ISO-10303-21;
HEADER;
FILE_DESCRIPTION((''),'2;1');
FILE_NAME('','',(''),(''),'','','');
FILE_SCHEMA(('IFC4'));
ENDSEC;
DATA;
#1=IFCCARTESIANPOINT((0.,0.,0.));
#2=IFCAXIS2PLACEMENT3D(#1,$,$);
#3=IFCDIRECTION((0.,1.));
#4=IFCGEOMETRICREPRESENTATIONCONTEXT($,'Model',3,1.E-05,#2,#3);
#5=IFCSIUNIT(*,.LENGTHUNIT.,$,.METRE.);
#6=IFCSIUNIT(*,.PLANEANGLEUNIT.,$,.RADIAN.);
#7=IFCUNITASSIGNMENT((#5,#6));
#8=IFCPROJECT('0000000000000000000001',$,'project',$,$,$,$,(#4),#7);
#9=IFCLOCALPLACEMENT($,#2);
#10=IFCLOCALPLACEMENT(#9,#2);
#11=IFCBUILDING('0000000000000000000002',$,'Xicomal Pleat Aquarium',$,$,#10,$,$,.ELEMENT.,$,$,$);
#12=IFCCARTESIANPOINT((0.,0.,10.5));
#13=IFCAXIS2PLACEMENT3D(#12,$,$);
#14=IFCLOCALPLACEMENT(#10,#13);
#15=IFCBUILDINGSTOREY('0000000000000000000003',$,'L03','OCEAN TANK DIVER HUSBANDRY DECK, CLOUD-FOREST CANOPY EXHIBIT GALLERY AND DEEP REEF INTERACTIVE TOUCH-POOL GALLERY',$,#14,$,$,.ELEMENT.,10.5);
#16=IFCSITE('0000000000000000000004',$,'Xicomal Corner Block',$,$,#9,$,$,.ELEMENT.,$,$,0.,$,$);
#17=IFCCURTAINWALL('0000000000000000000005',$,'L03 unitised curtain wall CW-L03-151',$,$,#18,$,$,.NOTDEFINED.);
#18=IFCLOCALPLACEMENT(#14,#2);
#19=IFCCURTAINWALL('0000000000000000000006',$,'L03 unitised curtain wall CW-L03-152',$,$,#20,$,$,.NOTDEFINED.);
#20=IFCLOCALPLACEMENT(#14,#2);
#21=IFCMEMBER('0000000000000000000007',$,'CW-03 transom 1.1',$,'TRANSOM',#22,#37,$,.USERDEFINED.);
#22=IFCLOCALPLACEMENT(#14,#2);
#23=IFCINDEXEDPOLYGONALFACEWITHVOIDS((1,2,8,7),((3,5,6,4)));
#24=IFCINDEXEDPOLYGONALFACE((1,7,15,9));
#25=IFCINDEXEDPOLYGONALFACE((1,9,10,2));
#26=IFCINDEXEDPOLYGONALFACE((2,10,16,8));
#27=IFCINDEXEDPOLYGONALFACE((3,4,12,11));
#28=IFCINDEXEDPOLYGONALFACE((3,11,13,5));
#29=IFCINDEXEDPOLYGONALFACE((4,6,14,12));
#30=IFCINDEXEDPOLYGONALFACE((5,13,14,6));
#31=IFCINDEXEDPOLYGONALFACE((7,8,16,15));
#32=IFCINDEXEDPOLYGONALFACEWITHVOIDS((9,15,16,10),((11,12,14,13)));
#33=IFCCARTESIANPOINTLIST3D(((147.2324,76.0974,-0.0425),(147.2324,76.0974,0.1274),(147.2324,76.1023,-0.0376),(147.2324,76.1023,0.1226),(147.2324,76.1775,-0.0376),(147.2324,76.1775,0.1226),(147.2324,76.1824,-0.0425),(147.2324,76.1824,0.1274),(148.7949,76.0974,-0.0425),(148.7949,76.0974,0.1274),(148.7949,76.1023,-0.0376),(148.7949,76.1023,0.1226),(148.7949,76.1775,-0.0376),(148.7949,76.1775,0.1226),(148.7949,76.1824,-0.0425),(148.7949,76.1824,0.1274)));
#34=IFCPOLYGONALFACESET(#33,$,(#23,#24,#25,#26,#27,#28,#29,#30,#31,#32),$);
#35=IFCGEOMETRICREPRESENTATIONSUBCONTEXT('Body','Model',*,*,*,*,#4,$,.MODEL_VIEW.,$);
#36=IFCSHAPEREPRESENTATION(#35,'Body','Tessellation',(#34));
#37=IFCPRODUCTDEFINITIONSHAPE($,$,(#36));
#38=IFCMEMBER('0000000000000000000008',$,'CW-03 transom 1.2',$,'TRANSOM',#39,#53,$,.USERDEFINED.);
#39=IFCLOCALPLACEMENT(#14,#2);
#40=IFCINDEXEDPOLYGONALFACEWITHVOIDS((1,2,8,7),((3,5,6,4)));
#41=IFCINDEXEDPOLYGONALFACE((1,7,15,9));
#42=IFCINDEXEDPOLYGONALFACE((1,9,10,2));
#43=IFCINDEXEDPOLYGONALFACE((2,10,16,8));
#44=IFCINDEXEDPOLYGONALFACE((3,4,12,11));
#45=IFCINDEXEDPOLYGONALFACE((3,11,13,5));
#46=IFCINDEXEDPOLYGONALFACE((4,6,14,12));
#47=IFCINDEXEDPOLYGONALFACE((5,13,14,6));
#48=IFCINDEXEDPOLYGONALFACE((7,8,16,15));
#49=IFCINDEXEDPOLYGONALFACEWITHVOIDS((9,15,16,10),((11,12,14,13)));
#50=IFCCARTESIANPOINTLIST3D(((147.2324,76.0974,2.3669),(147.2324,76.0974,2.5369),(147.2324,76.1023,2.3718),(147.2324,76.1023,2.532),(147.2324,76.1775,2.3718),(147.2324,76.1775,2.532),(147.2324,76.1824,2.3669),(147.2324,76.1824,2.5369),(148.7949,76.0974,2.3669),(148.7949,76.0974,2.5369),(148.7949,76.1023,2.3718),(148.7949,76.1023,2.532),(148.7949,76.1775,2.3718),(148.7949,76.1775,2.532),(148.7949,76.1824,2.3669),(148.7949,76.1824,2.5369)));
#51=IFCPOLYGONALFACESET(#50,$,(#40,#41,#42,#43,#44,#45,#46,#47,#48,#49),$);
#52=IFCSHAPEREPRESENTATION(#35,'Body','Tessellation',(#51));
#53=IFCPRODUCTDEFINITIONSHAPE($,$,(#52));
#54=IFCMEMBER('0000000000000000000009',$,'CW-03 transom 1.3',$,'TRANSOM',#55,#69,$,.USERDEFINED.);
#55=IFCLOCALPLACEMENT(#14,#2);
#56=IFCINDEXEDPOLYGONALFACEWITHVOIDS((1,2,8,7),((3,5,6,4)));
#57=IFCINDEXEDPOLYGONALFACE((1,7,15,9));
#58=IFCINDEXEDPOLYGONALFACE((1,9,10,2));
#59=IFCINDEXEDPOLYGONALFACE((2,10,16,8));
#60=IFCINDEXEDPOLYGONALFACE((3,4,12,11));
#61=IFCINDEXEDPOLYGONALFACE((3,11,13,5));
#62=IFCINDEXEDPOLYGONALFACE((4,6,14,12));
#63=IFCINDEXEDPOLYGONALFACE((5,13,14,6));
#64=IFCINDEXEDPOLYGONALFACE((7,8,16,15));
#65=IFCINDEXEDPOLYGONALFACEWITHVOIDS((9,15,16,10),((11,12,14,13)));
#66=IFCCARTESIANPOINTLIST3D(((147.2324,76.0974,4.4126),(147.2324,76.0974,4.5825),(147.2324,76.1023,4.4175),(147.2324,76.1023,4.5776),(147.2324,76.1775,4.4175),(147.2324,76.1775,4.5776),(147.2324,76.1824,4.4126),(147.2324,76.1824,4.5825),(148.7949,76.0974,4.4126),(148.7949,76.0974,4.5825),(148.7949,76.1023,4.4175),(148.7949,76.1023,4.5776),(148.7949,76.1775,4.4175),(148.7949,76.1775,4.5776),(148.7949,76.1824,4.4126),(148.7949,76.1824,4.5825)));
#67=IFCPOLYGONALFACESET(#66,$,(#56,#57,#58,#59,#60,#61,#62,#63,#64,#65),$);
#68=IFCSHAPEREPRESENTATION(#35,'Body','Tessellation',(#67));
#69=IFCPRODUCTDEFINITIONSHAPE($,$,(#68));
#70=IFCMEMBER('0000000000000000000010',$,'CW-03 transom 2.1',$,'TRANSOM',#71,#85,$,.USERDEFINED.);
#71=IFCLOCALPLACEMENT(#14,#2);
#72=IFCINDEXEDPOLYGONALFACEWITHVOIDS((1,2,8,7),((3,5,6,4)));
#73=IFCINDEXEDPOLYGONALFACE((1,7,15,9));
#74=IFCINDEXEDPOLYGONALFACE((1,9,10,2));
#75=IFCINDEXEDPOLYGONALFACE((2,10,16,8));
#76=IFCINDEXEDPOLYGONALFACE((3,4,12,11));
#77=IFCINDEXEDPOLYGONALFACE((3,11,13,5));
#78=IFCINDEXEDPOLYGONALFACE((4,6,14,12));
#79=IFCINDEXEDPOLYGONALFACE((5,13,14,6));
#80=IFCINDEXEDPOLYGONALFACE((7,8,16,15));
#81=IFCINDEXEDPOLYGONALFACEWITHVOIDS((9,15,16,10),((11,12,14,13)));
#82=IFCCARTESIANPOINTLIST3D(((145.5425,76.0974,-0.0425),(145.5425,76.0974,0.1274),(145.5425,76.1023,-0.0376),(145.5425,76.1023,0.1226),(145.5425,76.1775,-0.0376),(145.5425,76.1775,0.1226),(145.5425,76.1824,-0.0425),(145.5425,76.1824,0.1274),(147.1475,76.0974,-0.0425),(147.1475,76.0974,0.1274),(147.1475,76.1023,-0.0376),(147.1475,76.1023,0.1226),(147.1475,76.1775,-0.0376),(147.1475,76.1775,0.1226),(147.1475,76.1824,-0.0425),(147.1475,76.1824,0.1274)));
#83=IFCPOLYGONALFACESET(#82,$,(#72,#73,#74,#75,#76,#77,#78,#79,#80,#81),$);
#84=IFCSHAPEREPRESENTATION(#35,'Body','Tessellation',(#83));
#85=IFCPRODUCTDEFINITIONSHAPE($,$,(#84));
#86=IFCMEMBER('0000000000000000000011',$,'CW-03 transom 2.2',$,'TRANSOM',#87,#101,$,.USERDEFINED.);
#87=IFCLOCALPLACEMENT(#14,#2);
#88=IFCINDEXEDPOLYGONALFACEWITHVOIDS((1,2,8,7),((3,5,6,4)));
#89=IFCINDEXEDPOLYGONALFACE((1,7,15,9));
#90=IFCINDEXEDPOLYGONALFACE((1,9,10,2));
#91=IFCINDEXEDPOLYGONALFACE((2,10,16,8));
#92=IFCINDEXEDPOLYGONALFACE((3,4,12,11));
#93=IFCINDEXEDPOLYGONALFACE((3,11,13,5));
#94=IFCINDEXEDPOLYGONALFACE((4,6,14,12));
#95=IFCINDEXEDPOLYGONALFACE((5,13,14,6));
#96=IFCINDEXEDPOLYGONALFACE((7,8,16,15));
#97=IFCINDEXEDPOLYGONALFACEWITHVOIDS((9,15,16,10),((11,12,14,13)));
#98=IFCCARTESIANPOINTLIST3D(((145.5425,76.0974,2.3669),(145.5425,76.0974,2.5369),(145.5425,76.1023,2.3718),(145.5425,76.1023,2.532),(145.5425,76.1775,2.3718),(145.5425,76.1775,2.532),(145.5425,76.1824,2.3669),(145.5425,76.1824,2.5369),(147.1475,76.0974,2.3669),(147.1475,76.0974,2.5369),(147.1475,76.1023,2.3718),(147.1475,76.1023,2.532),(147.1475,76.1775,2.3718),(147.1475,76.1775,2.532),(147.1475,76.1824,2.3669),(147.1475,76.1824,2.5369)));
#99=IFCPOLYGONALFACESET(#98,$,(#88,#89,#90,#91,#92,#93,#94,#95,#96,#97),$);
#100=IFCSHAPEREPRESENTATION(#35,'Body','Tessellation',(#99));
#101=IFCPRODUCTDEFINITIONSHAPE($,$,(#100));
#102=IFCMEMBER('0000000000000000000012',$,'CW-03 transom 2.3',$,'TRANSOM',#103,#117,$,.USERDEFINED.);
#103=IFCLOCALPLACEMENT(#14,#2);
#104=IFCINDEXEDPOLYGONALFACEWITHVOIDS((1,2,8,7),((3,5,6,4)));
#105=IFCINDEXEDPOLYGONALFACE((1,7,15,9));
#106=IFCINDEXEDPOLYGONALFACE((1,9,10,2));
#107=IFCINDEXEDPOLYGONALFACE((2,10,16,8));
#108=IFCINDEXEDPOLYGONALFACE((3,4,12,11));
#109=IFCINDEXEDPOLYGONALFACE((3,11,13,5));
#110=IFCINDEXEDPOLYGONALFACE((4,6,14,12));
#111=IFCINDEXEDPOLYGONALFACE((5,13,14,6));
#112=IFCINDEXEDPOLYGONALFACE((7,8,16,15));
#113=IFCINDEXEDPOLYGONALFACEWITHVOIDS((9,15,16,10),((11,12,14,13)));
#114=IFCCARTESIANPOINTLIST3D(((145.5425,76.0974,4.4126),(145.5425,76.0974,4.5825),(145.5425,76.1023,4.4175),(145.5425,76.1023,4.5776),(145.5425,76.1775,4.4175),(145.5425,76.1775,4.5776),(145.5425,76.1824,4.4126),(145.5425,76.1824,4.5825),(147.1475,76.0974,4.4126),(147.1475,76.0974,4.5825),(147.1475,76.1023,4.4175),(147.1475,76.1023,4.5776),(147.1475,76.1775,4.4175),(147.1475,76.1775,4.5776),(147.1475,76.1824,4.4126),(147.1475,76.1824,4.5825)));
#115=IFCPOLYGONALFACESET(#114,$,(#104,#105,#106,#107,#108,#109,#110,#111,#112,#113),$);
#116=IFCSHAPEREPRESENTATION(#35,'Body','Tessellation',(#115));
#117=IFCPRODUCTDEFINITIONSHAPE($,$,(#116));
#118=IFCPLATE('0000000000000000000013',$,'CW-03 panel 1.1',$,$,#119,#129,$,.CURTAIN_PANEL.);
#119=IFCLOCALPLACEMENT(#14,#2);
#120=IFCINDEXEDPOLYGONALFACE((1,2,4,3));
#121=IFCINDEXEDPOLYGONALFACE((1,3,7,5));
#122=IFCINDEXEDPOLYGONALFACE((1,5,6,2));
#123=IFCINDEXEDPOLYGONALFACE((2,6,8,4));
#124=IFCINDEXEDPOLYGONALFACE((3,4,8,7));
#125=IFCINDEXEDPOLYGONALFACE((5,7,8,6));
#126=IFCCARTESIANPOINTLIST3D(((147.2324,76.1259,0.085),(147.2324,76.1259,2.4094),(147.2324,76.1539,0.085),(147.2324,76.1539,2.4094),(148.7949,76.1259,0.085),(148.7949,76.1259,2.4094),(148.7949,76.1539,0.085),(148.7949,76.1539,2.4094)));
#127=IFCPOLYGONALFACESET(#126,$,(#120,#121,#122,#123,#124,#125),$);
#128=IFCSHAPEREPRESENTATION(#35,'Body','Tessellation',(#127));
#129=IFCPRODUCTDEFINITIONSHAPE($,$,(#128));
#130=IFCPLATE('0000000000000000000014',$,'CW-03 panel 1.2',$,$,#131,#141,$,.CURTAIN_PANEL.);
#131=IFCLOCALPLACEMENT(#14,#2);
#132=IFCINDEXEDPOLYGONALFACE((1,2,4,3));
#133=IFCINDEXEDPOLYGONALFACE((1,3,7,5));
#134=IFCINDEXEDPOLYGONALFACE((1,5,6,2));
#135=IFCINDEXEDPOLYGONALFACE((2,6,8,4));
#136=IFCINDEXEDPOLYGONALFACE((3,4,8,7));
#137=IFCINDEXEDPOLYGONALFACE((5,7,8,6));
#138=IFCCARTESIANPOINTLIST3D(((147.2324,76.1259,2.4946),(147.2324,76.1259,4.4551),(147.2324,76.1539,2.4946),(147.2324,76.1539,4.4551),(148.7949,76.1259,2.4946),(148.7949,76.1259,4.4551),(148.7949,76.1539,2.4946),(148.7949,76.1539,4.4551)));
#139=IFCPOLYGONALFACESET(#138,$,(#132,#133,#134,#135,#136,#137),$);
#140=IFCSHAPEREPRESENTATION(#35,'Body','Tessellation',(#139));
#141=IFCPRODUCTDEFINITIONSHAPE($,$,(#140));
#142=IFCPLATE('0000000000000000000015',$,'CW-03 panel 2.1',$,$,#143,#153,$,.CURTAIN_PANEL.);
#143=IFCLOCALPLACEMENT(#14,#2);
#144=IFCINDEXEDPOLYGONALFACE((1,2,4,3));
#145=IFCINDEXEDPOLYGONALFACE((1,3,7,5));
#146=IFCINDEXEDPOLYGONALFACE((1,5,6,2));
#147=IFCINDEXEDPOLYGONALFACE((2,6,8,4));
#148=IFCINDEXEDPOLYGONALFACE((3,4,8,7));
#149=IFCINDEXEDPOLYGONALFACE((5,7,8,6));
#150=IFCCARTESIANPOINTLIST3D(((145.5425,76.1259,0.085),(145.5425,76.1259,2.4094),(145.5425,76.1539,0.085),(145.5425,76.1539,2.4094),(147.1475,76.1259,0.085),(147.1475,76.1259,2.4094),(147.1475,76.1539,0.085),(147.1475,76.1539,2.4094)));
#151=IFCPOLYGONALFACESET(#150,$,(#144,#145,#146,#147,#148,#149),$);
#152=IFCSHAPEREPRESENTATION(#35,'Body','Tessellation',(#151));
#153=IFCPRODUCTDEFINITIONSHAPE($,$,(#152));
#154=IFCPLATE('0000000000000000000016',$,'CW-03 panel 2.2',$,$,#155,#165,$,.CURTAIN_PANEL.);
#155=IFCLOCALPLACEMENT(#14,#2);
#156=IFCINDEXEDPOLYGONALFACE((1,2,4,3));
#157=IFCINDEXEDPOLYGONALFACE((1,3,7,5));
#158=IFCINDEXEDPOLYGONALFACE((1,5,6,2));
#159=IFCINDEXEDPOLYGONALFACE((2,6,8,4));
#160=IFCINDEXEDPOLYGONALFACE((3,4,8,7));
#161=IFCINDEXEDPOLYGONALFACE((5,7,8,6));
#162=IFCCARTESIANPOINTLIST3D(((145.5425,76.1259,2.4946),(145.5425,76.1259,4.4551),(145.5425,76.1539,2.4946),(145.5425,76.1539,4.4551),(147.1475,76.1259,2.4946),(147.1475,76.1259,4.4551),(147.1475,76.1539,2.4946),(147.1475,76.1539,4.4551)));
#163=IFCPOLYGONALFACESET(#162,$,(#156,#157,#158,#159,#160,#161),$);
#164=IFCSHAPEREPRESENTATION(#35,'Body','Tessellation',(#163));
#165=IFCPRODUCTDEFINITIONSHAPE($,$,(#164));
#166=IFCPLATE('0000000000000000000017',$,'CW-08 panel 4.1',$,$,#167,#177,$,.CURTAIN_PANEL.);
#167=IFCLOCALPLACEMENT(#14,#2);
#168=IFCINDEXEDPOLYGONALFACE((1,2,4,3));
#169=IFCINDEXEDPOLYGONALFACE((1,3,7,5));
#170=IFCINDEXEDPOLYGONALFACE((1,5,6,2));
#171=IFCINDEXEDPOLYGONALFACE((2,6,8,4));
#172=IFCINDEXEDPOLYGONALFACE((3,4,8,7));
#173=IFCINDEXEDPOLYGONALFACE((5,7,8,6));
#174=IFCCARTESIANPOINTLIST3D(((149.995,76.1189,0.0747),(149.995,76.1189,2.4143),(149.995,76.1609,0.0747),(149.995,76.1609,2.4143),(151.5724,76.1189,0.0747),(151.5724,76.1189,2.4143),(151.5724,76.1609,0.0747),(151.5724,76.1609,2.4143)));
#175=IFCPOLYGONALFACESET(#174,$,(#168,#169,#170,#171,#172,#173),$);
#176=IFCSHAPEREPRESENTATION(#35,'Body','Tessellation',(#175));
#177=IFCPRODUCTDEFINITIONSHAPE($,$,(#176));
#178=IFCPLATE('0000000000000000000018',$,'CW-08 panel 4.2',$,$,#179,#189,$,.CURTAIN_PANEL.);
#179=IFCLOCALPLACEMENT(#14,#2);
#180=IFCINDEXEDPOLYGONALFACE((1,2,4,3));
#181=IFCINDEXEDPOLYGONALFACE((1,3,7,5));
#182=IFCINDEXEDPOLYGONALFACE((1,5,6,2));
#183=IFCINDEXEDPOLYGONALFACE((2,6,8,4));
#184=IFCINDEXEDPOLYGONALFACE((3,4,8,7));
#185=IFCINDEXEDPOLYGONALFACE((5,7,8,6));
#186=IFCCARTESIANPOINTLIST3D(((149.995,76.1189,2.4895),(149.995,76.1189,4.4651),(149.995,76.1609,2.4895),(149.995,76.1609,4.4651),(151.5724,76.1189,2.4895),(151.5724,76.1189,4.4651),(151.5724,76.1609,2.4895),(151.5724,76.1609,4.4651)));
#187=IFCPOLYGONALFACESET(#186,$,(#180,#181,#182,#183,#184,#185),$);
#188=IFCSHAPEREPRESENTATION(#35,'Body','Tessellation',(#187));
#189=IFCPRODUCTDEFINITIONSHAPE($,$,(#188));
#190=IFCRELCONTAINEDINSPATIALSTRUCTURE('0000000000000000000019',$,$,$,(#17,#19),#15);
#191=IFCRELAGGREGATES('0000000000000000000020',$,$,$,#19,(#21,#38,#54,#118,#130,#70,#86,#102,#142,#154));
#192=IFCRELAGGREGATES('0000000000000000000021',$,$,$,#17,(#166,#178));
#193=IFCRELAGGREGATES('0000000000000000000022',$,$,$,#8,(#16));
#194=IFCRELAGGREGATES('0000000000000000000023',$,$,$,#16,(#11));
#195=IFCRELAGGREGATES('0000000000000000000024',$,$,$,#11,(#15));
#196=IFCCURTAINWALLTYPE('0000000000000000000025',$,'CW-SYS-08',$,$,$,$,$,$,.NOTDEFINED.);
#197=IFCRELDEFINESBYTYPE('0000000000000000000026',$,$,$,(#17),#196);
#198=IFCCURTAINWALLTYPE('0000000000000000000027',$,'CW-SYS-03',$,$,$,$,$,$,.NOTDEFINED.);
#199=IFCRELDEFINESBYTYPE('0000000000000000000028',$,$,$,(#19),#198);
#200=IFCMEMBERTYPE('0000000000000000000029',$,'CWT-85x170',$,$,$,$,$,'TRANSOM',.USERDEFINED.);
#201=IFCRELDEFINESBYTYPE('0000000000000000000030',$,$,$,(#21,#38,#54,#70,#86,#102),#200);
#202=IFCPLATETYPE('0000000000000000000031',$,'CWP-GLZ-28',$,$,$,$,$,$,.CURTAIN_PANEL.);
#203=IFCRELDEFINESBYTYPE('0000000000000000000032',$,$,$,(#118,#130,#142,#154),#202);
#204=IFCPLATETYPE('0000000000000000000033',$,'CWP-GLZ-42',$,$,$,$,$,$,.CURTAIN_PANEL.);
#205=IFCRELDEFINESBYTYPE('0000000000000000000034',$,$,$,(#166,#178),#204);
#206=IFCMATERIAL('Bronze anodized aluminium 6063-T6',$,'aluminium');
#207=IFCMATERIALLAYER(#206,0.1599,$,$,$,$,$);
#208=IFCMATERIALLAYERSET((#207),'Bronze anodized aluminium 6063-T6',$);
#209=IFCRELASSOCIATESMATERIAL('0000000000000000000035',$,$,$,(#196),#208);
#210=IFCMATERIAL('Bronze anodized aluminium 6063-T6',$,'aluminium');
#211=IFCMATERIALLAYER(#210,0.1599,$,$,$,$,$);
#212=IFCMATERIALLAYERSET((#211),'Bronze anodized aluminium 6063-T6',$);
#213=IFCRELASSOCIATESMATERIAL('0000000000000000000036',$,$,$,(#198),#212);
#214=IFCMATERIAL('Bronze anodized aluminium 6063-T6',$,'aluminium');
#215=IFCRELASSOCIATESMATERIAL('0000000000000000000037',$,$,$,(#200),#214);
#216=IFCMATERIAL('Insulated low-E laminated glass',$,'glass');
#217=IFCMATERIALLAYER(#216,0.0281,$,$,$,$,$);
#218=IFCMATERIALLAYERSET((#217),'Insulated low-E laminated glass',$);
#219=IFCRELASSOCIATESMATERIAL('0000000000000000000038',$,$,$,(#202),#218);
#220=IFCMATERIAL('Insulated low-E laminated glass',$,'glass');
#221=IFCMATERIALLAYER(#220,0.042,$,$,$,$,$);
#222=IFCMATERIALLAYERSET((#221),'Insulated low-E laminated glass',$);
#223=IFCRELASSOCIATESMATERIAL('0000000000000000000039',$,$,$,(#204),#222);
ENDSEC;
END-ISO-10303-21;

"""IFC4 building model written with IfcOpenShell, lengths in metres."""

from ifc_helpers import new_model, si_unit, direction, frame, origin, origin_2d, place, context, subcontext, project, spatial, rectangle, hollow_rectangle, extrude, material, layer, layer_set, material_profile, profile_set, type_object, element, aggregate, save


model = new_model("IFC4")

# Units and contexts
model_context = context("Model", 3, precision=1e-05, world=origin(), true_north=direction((0.0, 1.0)))
body_context = subcontext(model_context, "Body", "Model", "MODEL_VIEW")
ifc_project = project(units=[si_unit("LENGTHUNIT", "METRE"), si_unit("PLANEANGLEUNIT", "RADIAN")], contexts=[model_context])

# Site, building, storey
site_placement = place(None, origin())
site = spatial("IfcSite", under=ifc_project, at=site_placement, Name="Xicomal Corner Block", CompositionType="ELEMENT", RefElevation=0.0)
building_placement = place(site_placement, origin())
building = spatial("IfcBuilding", under=site, at=building_placement, Name="Xicomal Pleat Aquarium", CompositionType="ELEMENT")
storey_placement = place(building_placement, frame((0.0, 0.0, 10.5)))
storey = spatial("IfcBuildingStorey", under=building, at=storey_placement, Name="L03", Description="OCEAN TANK DIVER HUSBANDRY DECK, CLOUD-FOREST CANOPY EXHIBIT GALLERY AND DEEP REEF INTERACTIVE TOUCH-POOL GALLERY", CompositionType="ELEMENT", Elevation=10.5)

# Curtain wall
ifc_material_1 = material(Name="Bronze anodized aluminium 6063-T6", Category="aluminium")
ifc_layer_1 = layer(ifc_material_1, 0.1599)
ifc_layer_set_1 = layer_set([ifc_layer_1], Name="Bronze anodized aluminium 6063-T6")
curtain_wall_type_1 = type_object("IfcCurtainWallType", Name="CW-SYS-08", PredefinedType="NOTDEFINED", material=ifc_layer_set_1)
curtain_wall_1_placement = place(storey_placement, origin())
curtain_wall_1 = element("IfcCurtainWall", 1, at=curtain_wall_1_placement, inside=storey, type_object=curtain_wall_type_1, Name="L03 unitised curtain wall CW-L03-151", PredefinedType="NOTDEFINED")

# Curtain wall
ifc_material_2 = material(Name="Bronze anodized aluminium 6063-T6", Category="aluminium")
ifc_layer_2 = layer(ifc_material_2, 0.1599)
ifc_layer_set_2 = layer_set([ifc_layer_2], Name="Bronze anodized aluminium 6063-T6")
curtain_wall_type_2 = type_object("IfcCurtainWallType", Name="CW-SYS-03", PredefinedType="NOTDEFINED", material=ifc_layer_set_2)
curtain_wall_2_placement = place(storey_placement, origin())
curtain_wall_2 = element("IfcCurtainWall", 2, at=curtain_wall_2_placement, inside=storey, type_object=curtain_wall_type_2, Name="L03 unitised curtain wall CW-L03-152", PredefinedType="NOTDEFINED")

# Members
ifc_material_3 = material(Name="Bronze anodized aluminium 6063-T6", Category="aluminium")
ifc_material_profile_1 = material_profile(ifc_material_3, hollow_rectangle(XDim=0.085, YDim=0.1699, WallThickness=0.0049, at=origin_2d()), Name="ALU TRAN 85x170")
ifc_profile_set_1 = profile_set([ifc_material_profile_1], Name="Bronze anodized aluminium 6063-T6")
member_type_1 = type_object("IfcMemberType", Name="CWT-85x170", ElementType="TRANSOM", PredefinedType="USERDEFINED", material=ifc_profile_set_1)
member_1_placement = place(storey_placement, frame((148.7949, 76.1399, 0.0425), z_axis=(-1.0, 0.0, 0.0), x_axis=(0.0, -1.0, 0.0)))
member_1 = element("IfcMember", 3, at=member_1_placement, type_object=member_type_1, Name="CW-03 transom 1.1", ObjectType="TRANSOM", PredefinedType="USERDEFINED", context=body_context, shape_type="SweptSolid", body=[
    extrude(hollow_rectangle(XDim=0.085, YDim=0.1699, WallThickness=0.0049, at=origin_2d()), origin(), (0.0, 0.0, 1.0), 1.5625),
])
member_2_placement = place(storey_placement, frame((148.7949, 76.1399, 2.4519), z_axis=(-1.0, 0.0, 0.0), x_axis=(0.0, -1.0, 0.0)))
member_2 = element("IfcMember", 4, at=member_2_placement, type_object=member_type_1, Name="CW-03 transom 1.2", ObjectType="TRANSOM", PredefinedType="USERDEFINED", context=body_context, shape_type="SweptSolid", body=[
    extrude(hollow_rectangle(XDim=0.085, YDim=0.1699, WallThickness=0.0049, at=origin_2d()), origin(), (0.0, 0.0, 1.0), 1.5625),
])
member_3_placement = place(storey_placement, frame((148.7949, 76.1399, 4.4976), z_axis=(-1.0, 0.0, 0.0), x_axis=(0.0, -1.0, 0.0)))
member_3 = element("IfcMember", 5, at=member_3_placement, type_object=member_type_1, Name="CW-03 transom 1.3", ObjectType="TRANSOM", PredefinedType="USERDEFINED", context=body_context, shape_type="SweptSolid", body=[
    extrude(hollow_rectangle(XDim=0.085, YDim=0.1699, WallThickness=0.0049, at=origin_2d()), origin(), (0.0, 0.0, 1.0), 1.5625),
])
member_4_placement = place(storey_placement, frame((147.1475, 76.1399, 0.0425), z_axis=(-1.0, 0.0, 0.0), x_axis=(0.0, -1.0, 0.0)))
member_4 = element("IfcMember", 6, at=member_4_placement, type_object=member_type_1, Name="CW-03 transom 2.1", ObjectType="TRANSOM", PredefinedType="USERDEFINED", context=body_context, shape_type="SweptSolid", body=[
    extrude(hollow_rectangle(XDim=0.085, YDim=0.1699, WallThickness=0.0049, at=origin_2d()), origin(), (0.0, 0.0, 1.0), 1.605),
])
member_5_placement = place(storey_placement, frame((147.1475, 76.1399, 2.4519), z_axis=(-1.0, 0.0, 0.0), x_axis=(0.0, -1.0, 0.0)))
member_5 = element("IfcMember", 7, at=member_5_placement, type_object=member_type_1, Name="CW-03 transom 2.2", ObjectType="TRANSOM", PredefinedType="USERDEFINED", context=body_context, shape_type="SweptSolid", body=[
    extrude(hollow_rectangle(XDim=0.085, YDim=0.1699, WallThickness=0.0049, at=origin_2d()), origin(), (0.0, 0.0, 1.0), 1.605),
])
member_6_placement = place(storey_placement, frame((147.1475, 76.1399, 4.4976), z_axis=(-1.0, 0.0, 0.0), x_axis=(0.0, -1.0, 0.0)))
member_6 = element("IfcMember", 8, at=member_6_placement, type_object=member_type_1, Name="CW-03 transom 2.3", ObjectType="TRANSOM", PredefinedType="USERDEFINED", context=body_context, shape_type="SweptSolid", body=[
    extrude(hollow_rectangle(XDim=0.085, YDim=0.1699, WallThickness=0.0049, at=origin_2d()), origin(), (0.0, 0.0, 1.0), 1.605),
])

# Plates
ifc_material_4 = material(Name="Insulated low-E laminated glass", Category="glass")
ifc_layer_3 = layer(ifc_material_4, 0.0281)
ifc_layer_set_3 = layer_set([ifc_layer_3], Name="Insulated low-E laminated glass")
plate_type_1 = type_object("IfcPlateType", Name="CWP-GLZ-28", PredefinedType="CURTAIN_PANEL", material=ifc_layer_set_3)
plate_1_placement = place(storey_placement, frame((148.0137, 76.1399, 0.085), z_axis=(0.0, 0.0, 1.0), x_axis=(-1.0, 0.0, 0.0)))
plate_1 = element("IfcPlate", 9, at=plate_1_placement, type_object=plate_type_1, Name="CW-03 panel 1.1", PredefinedType="CURTAIN_PANEL", context=body_context, shape_type="SweptSolid", body=[
    extrude(rectangle(XDim=1.5625, YDim=0.0281, at=origin_2d()), origin(), (0.0, 0.0, 1.0), 2.3245),
])
plate_2_placement = place(storey_placement, frame((148.0137, 76.1399, 2.4946), z_axis=(0.0, 0.0, 1.0), x_axis=(-1.0, 0.0, 0.0)))
plate_2 = element("IfcPlate", 10, at=plate_2_placement, type_object=plate_type_1, Name="CW-03 panel 1.2", PredefinedType="CURTAIN_PANEL", context=body_context, shape_type="SweptSolid", body=[
    extrude(rectangle(XDim=1.5625, YDim=0.0281, at=origin_2d()), origin(), (0.0, 0.0, 1.0), 1.9604),
])
plate_3_placement = place(storey_placement, frame((146.345, 76.1399, 0.085), z_axis=(0.0, 0.0, 1.0), x_axis=(-1.0, 0.0, 0.0)))
plate_3 = element("IfcPlate", 11, at=plate_3_placement, type_object=plate_type_1, Name="CW-03 panel 2.1", PredefinedType="CURTAIN_PANEL", context=body_context, shape_type="SweptSolid", body=[
    extrude(rectangle(XDim=1.605, YDim=0.0281, at=origin_2d()), origin(), (0.0, 0.0, 1.0), 2.3245),
])
plate_4_placement = place(storey_placement, frame((146.345, 76.1399, 2.4946), z_axis=(0.0, 0.0, 1.0), x_axis=(-1.0, 0.0, 0.0)))
plate_4 = element("IfcPlate", 12, at=plate_4_placement, type_object=plate_type_1, Name="CW-03 panel 2.2", PredefinedType="CURTAIN_PANEL", context=body_context, shape_type="SweptSolid", body=[
    extrude(rectangle(XDim=1.605, YDim=0.0281, at=origin_2d()), origin(), (0.0, 0.0, 1.0), 1.9604),
])
aggregate(curtain_wall_2, [member_1, member_2, member_3, plate_1, plate_2, member_4, member_5, member_6, plate_3, plate_4])
ifc_material_5 = material(Name="Insulated low-E laminated glass", Category="glass")
ifc_layer_4 = layer(ifc_material_5, 0.042)
ifc_layer_set_4 = layer_set([ifc_layer_4], Name="Insulated low-E laminated glass")
plate_type_2 = type_object("IfcPlateType", Name="CWP-GLZ-42", PredefinedType="CURTAIN_PANEL", material=ifc_layer_set_4)
plate_5_placement = place(storey_placement, frame((150.7837, 76.1399, 0.0747), z_axis=(0.0, 0.0, 1.0), x_axis=(-1.0, 0.0, 0.0)))
plate_5 = element("IfcPlate", 13, at=plate_5_placement, type_object=plate_type_2, Name="CW-08 panel 4.1", PredefinedType="CURTAIN_PANEL", context=body_context, shape_type="SweptSolid", body=[
    extrude(rectangle(XDim=1.5774, YDim=0.042, at=origin_2d()), origin(), (0.0, 0.0, 1.0), 2.3396),
])
plate_6_placement = place(storey_placement, frame((150.7837, 76.1399, 2.4895), z_axis=(0.0, 0.0, 1.0), x_axis=(-1.0, 0.0, 0.0)))
plate_6 = element("IfcPlate", 14, at=plate_6_placement, type_object=plate_type_2, Name="CW-08 panel 4.2", PredefinedType="CURTAIN_PANEL", context=body_context, shape_type="SweptSolid", body=[
    extrude(rectangle(XDim=1.5774, YDim=0.042, at=origin_2d()), origin(), (0.0, 0.0, 1.0), 1.9756),
])
aggregate(curtain_wall_1, [plate_5, plate_6])

save(model, "model.ifc")
